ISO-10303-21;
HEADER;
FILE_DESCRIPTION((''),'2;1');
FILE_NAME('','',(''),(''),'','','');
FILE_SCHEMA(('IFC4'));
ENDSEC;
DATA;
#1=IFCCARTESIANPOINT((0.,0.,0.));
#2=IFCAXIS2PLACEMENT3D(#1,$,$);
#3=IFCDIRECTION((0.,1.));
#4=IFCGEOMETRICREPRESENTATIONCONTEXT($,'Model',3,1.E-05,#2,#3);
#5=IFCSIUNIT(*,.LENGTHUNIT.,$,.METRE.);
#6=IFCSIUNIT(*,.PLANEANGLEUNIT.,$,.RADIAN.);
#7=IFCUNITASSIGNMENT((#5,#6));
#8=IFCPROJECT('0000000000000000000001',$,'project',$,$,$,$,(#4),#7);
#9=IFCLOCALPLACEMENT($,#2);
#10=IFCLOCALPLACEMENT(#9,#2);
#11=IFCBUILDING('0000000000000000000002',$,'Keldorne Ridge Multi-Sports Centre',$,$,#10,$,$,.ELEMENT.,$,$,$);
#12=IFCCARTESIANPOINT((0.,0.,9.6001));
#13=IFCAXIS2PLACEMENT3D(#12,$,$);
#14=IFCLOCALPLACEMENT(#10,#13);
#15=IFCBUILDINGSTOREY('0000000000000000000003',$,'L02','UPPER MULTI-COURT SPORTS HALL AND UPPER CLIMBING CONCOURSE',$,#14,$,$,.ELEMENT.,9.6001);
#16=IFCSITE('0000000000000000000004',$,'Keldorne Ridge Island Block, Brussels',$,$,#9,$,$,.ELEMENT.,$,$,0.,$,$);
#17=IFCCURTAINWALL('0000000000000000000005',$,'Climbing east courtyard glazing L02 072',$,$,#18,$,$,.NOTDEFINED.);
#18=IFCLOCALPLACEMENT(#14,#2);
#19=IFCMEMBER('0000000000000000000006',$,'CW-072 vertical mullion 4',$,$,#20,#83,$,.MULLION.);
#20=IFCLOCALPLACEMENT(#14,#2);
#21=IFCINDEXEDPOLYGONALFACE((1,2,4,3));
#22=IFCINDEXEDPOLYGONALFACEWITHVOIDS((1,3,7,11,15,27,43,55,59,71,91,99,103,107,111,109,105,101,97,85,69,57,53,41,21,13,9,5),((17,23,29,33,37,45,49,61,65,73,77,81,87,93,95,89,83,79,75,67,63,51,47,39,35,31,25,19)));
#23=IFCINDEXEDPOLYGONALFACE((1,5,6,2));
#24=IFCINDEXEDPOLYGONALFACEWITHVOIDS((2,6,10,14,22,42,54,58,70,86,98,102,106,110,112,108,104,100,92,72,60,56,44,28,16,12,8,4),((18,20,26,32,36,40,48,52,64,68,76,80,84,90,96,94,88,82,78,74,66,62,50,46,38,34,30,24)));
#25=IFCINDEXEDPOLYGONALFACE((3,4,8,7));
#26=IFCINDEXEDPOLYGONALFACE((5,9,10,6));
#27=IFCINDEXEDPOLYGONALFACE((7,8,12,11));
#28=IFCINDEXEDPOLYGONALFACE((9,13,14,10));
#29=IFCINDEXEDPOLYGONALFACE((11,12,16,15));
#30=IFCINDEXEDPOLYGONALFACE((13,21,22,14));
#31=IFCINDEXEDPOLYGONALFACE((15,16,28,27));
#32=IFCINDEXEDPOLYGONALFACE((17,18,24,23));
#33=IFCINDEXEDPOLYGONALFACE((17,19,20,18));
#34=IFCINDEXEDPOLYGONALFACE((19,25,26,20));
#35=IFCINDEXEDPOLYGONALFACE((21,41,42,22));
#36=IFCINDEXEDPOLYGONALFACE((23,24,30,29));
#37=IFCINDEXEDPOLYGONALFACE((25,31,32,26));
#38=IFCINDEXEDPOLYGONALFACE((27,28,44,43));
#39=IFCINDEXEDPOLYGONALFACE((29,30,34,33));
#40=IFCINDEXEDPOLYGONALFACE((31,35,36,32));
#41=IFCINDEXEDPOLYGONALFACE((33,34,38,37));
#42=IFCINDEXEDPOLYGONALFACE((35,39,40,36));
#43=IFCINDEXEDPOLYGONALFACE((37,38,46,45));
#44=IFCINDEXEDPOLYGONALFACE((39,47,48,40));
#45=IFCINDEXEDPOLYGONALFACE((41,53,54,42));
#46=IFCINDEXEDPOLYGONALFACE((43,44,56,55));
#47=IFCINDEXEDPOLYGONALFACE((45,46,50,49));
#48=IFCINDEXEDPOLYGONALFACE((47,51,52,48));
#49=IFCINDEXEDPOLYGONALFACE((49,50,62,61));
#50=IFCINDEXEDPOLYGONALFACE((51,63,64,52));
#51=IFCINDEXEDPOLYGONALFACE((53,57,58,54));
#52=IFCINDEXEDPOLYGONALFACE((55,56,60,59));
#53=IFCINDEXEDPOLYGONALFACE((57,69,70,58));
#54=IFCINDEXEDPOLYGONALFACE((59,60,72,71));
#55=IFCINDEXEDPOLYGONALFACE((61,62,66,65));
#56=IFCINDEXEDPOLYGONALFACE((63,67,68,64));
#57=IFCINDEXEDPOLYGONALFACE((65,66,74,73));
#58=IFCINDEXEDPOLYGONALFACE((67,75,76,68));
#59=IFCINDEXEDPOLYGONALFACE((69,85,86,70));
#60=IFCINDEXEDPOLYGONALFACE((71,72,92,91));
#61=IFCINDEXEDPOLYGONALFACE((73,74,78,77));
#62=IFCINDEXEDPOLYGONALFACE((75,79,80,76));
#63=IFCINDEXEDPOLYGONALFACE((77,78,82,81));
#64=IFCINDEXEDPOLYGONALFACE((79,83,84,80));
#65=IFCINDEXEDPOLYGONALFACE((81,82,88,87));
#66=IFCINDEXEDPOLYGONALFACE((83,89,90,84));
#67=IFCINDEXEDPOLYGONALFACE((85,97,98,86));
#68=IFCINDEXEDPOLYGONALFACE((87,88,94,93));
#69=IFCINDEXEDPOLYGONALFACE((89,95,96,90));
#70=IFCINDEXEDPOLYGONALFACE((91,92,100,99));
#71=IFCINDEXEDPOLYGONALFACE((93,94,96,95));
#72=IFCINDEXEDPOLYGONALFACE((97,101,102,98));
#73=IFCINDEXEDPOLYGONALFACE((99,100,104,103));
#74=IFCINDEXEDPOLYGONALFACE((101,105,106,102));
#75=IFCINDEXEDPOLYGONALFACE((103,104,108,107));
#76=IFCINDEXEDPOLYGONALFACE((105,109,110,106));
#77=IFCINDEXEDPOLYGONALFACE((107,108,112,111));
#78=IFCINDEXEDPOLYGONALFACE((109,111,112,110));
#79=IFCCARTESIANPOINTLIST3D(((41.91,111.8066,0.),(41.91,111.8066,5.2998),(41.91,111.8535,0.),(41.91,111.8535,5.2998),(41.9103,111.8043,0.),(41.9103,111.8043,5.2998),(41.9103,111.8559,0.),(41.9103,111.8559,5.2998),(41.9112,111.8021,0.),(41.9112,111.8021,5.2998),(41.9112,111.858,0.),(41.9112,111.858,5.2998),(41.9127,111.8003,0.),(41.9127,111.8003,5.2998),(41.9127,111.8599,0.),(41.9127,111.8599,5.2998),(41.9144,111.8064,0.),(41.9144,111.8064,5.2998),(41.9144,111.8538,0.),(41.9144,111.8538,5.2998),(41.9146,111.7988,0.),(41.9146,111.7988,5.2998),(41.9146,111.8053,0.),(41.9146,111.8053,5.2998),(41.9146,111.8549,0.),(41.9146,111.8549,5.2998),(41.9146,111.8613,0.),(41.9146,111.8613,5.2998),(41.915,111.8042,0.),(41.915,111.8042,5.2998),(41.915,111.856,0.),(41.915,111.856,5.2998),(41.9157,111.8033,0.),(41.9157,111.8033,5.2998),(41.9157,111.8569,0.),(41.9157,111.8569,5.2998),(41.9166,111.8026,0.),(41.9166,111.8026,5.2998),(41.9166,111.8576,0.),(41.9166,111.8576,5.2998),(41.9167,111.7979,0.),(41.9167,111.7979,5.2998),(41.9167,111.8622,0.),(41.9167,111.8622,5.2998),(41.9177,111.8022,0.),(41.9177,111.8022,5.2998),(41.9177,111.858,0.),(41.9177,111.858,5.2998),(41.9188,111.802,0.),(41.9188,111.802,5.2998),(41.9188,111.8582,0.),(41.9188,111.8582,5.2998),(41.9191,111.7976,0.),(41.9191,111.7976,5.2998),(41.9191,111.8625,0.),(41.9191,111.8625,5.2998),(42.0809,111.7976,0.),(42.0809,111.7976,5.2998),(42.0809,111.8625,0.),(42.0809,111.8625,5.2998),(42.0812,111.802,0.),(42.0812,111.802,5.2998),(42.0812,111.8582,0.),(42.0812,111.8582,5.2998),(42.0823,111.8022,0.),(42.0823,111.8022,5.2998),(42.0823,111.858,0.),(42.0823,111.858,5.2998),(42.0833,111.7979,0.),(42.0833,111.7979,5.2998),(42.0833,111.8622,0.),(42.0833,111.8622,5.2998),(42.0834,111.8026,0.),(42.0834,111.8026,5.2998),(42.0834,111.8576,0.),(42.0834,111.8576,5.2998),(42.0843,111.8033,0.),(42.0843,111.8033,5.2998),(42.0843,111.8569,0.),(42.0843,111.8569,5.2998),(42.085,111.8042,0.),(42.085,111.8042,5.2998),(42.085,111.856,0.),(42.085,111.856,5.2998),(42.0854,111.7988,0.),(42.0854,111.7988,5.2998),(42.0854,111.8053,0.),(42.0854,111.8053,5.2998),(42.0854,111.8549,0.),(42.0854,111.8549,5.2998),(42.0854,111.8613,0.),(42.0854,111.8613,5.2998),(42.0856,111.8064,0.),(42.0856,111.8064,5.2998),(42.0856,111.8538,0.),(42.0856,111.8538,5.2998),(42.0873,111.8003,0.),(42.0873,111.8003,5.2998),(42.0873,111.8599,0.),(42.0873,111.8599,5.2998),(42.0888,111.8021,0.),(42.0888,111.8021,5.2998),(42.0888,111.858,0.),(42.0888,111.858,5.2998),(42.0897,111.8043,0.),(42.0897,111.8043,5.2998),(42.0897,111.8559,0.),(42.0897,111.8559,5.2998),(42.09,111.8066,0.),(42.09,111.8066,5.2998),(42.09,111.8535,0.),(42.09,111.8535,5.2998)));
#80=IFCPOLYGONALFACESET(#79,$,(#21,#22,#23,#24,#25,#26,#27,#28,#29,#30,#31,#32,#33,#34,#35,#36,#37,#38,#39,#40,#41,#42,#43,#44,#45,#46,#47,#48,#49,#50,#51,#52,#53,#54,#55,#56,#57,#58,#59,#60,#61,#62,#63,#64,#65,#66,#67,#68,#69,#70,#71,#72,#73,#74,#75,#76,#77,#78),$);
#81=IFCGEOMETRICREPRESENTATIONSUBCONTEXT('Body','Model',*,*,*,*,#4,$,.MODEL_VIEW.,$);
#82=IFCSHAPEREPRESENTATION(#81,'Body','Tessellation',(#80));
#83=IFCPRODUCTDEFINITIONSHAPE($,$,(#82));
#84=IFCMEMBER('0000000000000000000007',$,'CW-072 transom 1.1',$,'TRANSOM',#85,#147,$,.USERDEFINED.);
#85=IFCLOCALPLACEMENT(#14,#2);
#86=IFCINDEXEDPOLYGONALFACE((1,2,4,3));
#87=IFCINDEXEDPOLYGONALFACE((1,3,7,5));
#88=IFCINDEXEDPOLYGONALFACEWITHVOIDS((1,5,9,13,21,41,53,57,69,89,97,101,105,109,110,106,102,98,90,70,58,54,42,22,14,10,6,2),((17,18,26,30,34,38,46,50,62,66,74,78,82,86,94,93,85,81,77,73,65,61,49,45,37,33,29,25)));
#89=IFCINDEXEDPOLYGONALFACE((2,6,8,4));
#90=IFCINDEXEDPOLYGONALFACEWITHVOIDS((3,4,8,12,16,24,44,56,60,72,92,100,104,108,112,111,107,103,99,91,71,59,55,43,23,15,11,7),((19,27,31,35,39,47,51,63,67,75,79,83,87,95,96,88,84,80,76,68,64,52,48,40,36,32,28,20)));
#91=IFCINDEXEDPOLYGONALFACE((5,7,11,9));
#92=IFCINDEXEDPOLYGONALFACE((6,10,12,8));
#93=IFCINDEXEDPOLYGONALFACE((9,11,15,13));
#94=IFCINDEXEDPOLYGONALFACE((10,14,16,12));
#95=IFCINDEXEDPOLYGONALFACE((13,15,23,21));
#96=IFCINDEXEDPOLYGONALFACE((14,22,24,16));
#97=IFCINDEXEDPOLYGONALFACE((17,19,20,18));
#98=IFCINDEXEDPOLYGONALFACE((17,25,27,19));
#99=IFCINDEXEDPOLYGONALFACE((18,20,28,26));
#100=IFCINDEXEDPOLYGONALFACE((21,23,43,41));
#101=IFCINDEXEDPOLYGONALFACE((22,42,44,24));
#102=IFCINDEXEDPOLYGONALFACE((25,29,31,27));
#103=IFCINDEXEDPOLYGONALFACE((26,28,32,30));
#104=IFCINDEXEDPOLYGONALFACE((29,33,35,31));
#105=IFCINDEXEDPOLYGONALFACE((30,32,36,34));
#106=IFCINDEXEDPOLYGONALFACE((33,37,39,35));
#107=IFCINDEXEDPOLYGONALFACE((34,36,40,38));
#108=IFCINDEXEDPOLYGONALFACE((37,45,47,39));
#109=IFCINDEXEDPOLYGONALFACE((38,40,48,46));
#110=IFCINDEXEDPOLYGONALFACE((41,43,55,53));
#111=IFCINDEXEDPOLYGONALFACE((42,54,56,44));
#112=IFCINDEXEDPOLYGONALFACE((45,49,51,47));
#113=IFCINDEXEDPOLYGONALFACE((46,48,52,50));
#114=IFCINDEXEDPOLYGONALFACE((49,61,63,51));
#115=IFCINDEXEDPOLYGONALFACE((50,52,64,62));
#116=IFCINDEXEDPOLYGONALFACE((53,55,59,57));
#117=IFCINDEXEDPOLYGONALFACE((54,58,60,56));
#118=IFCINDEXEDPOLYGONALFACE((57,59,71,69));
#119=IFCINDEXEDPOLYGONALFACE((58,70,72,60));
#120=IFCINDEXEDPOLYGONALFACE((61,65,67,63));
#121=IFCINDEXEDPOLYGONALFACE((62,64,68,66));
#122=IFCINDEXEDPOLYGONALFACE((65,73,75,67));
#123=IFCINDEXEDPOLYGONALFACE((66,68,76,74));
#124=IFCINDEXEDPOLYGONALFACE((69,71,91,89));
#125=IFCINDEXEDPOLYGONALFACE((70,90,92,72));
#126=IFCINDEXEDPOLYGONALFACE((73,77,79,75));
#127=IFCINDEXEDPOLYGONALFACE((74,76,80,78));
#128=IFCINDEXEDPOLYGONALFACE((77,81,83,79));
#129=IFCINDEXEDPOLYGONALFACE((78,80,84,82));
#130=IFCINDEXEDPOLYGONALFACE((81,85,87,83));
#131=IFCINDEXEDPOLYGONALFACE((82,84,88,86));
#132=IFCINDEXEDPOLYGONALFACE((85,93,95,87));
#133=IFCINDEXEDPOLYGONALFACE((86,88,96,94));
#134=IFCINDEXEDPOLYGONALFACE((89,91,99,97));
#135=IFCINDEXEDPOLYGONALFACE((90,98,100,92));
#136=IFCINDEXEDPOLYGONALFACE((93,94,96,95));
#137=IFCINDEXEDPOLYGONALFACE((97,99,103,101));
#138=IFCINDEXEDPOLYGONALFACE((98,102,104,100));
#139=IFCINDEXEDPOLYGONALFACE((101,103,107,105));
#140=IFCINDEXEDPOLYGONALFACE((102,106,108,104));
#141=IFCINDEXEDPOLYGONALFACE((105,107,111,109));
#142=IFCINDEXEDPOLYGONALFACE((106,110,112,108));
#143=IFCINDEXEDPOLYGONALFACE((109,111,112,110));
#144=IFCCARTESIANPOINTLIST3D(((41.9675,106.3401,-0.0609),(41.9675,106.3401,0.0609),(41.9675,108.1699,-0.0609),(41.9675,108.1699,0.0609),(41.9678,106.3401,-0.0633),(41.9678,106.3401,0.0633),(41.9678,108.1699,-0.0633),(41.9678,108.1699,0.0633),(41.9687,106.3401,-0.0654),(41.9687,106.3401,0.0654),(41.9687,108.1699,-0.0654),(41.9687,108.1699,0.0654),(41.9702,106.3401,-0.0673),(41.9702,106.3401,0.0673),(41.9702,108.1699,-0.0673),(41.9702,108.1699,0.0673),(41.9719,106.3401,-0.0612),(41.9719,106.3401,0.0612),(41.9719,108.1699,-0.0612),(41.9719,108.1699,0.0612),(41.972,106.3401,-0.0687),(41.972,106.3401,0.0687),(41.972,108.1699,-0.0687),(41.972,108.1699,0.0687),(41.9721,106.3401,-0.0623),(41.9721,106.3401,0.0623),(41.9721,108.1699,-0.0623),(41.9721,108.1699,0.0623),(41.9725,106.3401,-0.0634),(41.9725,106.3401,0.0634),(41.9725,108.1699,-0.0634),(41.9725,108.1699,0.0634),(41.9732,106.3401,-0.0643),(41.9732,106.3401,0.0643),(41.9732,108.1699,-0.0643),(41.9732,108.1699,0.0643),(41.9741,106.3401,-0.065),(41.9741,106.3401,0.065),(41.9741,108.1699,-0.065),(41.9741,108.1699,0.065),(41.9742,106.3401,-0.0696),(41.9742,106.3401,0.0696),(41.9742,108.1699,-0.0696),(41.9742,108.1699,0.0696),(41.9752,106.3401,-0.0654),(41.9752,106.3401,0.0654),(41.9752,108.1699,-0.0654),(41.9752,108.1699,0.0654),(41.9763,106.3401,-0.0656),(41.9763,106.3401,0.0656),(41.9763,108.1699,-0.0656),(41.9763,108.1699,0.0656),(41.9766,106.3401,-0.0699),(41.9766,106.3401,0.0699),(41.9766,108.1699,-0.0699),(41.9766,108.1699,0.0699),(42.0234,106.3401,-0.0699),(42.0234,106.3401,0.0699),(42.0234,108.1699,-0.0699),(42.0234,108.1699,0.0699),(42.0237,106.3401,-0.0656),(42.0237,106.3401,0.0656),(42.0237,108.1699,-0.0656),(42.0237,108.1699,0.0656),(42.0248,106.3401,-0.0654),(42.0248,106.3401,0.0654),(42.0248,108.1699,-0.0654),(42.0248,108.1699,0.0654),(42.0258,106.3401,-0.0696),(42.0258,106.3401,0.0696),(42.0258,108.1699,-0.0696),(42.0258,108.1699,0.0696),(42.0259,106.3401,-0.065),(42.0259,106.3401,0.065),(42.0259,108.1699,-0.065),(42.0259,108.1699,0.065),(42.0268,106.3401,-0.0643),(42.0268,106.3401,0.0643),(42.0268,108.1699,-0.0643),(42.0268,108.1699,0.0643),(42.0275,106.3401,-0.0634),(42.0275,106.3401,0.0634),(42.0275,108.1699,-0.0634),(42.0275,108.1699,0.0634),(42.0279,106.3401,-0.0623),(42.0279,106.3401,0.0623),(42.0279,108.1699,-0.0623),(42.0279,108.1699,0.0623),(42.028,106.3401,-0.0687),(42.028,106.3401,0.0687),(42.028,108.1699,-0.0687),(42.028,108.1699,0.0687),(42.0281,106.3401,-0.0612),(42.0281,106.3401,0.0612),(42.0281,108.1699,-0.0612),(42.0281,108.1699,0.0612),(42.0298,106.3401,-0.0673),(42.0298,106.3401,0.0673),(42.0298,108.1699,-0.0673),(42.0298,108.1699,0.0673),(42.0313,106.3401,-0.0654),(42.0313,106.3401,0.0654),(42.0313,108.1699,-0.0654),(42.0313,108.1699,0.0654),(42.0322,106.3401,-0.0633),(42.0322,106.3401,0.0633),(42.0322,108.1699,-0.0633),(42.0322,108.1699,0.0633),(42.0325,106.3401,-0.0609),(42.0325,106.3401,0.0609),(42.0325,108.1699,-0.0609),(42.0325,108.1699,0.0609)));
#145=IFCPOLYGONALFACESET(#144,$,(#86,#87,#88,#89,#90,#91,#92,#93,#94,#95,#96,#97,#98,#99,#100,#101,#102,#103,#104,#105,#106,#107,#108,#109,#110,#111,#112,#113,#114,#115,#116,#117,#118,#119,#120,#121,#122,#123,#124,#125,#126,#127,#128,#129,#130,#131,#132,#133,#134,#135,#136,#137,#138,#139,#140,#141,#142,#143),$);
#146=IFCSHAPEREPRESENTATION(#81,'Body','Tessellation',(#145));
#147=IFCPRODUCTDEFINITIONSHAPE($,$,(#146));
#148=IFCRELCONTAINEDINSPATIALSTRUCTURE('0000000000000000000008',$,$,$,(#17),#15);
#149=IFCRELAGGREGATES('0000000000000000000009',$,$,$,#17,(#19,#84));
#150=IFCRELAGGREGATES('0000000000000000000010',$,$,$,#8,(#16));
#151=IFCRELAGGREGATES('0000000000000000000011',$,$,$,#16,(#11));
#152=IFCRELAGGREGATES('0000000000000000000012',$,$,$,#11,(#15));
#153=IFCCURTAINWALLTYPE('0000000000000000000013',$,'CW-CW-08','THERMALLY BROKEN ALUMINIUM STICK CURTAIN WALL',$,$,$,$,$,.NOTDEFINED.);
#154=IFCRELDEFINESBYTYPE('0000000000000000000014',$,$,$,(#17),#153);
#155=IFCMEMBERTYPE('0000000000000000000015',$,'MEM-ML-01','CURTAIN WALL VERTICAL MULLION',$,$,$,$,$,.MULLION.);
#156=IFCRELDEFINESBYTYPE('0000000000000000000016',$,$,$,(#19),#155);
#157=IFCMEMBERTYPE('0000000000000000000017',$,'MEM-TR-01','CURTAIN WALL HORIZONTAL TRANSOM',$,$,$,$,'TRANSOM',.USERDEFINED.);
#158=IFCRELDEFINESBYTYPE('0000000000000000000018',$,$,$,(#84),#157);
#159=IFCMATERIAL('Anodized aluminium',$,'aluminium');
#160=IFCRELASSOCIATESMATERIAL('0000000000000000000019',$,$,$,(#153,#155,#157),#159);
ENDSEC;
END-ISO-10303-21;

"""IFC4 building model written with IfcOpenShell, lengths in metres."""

from ifc_helpers import new_model, si_unit, direction, frame, origin, origin_2d, place, context, subcontext, project, spatial, hollow_rectangle, extrude, material, material_profile, profile_set, type_object, element, aggregate, save


model = new_model("IFC4")

# Units and contexts
model_context = context("Model", 3, precision=1e-05, world=origin(), true_north=direction((0.0, 1.0)))
body_context = subcontext(model_context, "Body", "Model", "MODEL_VIEW")
ifc_project = project(units=[si_unit("LENGTHUNIT", "METRE"), si_unit("PLANEANGLEUNIT", "RADIAN")], contexts=[model_context])

# Site, building, storey
site_placement = place(None, origin())
site = spatial("IfcSite", under=ifc_project, at=site_placement, Name="Keldorne Ridge Island Block, Brussels", CompositionType="ELEMENT", RefElevation=0.0)
building_placement = place(site_placement, origin())
building = spatial("IfcBuilding", under=site, at=building_placement, Name="Keldorne Ridge Multi-Sports Centre", CompositionType="ELEMENT")
storey_placement = place(building_placement, frame((0.0, 0.0, 9.6001)))
storey = spatial("IfcBuildingStorey", under=building, at=storey_placement, Name="L02", Description="UPPER MULTI-COURT SPORTS HALL AND UPPER CLIMBING CONCOURSE", CompositionType="ELEMENT", Elevation=9.6001)

# Curtain wall, members
ifc_material_1 = material(Name="Anodized aluminium", Category="aluminium")
curtain_wall_type = type_object("IfcCurtainWallType", Name="CW-CW-08", Description="THERMALLY BROKEN ALUMINIUM STICK CURTAIN WALL", PredefinedType="NOTDEFINED", material=ifc_material_1)
curtain_wall_placement = place(storey_placement, origin())
curtain_wall = element("IfcCurtainWall", 1, at=curtain_wall_placement, inside=storey, type_object=curtain_wall_type, Name="Climbing east courtyard glazing L02 072", PredefinedType="NOTDEFINED")
ifc_material_profile_1 = material_profile(ifc_material_1, hollow_rectangle(XDim=0.0649, YDim=0.1799, WallThickness=0.0044, InnerFilletRadius=0.0044, OuterFilletRadius=0.009, at=origin_2d()), Name="ALU MULLION 180x65x4.5")
ifc_profile_set_1 = profile_set([ifc_material_profile_1], Name="Anodized aluminium")
member_type_1 = type_object("IfcMemberType", Name="MEM-ML-01", Description="CURTAIN WALL VERTICAL MULLION", PredefinedType="MULLION", material=ifc_profile_set_1)
member_1_placement = place(storey_placement, frame((42.0, 111.8301, 0.0), z_axis=(0.0, 0.0, 1.0), x_axis=(0.0, 1.0, 0.0)))
member_1 = element("IfcMember", 2, at=member_1_placement, type_object=member_type_1, Name="CW-072 vertical mullion 4", PredefinedType="MULLION", context=body_context, shape_type="SweptSolid", body=[
    extrude(hollow_rectangle(XDim=0.0649, YDim=0.1799, WallThickness=0.0044, InnerFilletRadius=0.0044, OuterFilletRadius=0.009, at=origin_2d()), origin(), (0.0, 0.0, 1.0), 5.2998),
])
ifc_material_profile_2 = material_profile(ifc_material_1, hollow_rectangle(XDim=0.0649, YDim=0.1399, WallThickness=0.0044, InnerFilletRadius=0.0044, OuterFilletRadius=0.009, at=origin_2d()), Name="ALU TRANSOM 140x65x4.5")
ifc_profile_set_2 = profile_set([ifc_material_profile_2], Name="Anodized aluminium")
member_type_2 = type_object("IfcMemberType", Name="MEM-TR-01", Description="CURTAIN WALL HORIZONTAL TRANSOM", ElementType="TRANSOM", PredefinedType="USERDEFINED", material=ifc_profile_set_2)
member_2_placement = place(storey_placement, frame((42.0, 106.3401, 0.0), z_axis=(0.0, 1.0, 0.0), x_axis=(-1.0, 0.0, 0.0)))
member_2 = element("IfcMember", 3, at=member_2_placement, type_object=member_type_2, Name="CW-072 transom 1.1", ObjectType="TRANSOM", PredefinedType="USERDEFINED", context=body_context, shape_type="SweptSolid", body=[
    extrude(hollow_rectangle(XDim=0.0649, YDim=0.1399, WallThickness=0.0044, InnerFilletRadius=0.0044, OuterFilletRadius=0.009, at=origin_2d()), origin(), (0.0, 0.0, 1.0), 1.8298),
])
aggregate(curtain_wall, [member_1, member_2])

save(model, "model.ifc")
